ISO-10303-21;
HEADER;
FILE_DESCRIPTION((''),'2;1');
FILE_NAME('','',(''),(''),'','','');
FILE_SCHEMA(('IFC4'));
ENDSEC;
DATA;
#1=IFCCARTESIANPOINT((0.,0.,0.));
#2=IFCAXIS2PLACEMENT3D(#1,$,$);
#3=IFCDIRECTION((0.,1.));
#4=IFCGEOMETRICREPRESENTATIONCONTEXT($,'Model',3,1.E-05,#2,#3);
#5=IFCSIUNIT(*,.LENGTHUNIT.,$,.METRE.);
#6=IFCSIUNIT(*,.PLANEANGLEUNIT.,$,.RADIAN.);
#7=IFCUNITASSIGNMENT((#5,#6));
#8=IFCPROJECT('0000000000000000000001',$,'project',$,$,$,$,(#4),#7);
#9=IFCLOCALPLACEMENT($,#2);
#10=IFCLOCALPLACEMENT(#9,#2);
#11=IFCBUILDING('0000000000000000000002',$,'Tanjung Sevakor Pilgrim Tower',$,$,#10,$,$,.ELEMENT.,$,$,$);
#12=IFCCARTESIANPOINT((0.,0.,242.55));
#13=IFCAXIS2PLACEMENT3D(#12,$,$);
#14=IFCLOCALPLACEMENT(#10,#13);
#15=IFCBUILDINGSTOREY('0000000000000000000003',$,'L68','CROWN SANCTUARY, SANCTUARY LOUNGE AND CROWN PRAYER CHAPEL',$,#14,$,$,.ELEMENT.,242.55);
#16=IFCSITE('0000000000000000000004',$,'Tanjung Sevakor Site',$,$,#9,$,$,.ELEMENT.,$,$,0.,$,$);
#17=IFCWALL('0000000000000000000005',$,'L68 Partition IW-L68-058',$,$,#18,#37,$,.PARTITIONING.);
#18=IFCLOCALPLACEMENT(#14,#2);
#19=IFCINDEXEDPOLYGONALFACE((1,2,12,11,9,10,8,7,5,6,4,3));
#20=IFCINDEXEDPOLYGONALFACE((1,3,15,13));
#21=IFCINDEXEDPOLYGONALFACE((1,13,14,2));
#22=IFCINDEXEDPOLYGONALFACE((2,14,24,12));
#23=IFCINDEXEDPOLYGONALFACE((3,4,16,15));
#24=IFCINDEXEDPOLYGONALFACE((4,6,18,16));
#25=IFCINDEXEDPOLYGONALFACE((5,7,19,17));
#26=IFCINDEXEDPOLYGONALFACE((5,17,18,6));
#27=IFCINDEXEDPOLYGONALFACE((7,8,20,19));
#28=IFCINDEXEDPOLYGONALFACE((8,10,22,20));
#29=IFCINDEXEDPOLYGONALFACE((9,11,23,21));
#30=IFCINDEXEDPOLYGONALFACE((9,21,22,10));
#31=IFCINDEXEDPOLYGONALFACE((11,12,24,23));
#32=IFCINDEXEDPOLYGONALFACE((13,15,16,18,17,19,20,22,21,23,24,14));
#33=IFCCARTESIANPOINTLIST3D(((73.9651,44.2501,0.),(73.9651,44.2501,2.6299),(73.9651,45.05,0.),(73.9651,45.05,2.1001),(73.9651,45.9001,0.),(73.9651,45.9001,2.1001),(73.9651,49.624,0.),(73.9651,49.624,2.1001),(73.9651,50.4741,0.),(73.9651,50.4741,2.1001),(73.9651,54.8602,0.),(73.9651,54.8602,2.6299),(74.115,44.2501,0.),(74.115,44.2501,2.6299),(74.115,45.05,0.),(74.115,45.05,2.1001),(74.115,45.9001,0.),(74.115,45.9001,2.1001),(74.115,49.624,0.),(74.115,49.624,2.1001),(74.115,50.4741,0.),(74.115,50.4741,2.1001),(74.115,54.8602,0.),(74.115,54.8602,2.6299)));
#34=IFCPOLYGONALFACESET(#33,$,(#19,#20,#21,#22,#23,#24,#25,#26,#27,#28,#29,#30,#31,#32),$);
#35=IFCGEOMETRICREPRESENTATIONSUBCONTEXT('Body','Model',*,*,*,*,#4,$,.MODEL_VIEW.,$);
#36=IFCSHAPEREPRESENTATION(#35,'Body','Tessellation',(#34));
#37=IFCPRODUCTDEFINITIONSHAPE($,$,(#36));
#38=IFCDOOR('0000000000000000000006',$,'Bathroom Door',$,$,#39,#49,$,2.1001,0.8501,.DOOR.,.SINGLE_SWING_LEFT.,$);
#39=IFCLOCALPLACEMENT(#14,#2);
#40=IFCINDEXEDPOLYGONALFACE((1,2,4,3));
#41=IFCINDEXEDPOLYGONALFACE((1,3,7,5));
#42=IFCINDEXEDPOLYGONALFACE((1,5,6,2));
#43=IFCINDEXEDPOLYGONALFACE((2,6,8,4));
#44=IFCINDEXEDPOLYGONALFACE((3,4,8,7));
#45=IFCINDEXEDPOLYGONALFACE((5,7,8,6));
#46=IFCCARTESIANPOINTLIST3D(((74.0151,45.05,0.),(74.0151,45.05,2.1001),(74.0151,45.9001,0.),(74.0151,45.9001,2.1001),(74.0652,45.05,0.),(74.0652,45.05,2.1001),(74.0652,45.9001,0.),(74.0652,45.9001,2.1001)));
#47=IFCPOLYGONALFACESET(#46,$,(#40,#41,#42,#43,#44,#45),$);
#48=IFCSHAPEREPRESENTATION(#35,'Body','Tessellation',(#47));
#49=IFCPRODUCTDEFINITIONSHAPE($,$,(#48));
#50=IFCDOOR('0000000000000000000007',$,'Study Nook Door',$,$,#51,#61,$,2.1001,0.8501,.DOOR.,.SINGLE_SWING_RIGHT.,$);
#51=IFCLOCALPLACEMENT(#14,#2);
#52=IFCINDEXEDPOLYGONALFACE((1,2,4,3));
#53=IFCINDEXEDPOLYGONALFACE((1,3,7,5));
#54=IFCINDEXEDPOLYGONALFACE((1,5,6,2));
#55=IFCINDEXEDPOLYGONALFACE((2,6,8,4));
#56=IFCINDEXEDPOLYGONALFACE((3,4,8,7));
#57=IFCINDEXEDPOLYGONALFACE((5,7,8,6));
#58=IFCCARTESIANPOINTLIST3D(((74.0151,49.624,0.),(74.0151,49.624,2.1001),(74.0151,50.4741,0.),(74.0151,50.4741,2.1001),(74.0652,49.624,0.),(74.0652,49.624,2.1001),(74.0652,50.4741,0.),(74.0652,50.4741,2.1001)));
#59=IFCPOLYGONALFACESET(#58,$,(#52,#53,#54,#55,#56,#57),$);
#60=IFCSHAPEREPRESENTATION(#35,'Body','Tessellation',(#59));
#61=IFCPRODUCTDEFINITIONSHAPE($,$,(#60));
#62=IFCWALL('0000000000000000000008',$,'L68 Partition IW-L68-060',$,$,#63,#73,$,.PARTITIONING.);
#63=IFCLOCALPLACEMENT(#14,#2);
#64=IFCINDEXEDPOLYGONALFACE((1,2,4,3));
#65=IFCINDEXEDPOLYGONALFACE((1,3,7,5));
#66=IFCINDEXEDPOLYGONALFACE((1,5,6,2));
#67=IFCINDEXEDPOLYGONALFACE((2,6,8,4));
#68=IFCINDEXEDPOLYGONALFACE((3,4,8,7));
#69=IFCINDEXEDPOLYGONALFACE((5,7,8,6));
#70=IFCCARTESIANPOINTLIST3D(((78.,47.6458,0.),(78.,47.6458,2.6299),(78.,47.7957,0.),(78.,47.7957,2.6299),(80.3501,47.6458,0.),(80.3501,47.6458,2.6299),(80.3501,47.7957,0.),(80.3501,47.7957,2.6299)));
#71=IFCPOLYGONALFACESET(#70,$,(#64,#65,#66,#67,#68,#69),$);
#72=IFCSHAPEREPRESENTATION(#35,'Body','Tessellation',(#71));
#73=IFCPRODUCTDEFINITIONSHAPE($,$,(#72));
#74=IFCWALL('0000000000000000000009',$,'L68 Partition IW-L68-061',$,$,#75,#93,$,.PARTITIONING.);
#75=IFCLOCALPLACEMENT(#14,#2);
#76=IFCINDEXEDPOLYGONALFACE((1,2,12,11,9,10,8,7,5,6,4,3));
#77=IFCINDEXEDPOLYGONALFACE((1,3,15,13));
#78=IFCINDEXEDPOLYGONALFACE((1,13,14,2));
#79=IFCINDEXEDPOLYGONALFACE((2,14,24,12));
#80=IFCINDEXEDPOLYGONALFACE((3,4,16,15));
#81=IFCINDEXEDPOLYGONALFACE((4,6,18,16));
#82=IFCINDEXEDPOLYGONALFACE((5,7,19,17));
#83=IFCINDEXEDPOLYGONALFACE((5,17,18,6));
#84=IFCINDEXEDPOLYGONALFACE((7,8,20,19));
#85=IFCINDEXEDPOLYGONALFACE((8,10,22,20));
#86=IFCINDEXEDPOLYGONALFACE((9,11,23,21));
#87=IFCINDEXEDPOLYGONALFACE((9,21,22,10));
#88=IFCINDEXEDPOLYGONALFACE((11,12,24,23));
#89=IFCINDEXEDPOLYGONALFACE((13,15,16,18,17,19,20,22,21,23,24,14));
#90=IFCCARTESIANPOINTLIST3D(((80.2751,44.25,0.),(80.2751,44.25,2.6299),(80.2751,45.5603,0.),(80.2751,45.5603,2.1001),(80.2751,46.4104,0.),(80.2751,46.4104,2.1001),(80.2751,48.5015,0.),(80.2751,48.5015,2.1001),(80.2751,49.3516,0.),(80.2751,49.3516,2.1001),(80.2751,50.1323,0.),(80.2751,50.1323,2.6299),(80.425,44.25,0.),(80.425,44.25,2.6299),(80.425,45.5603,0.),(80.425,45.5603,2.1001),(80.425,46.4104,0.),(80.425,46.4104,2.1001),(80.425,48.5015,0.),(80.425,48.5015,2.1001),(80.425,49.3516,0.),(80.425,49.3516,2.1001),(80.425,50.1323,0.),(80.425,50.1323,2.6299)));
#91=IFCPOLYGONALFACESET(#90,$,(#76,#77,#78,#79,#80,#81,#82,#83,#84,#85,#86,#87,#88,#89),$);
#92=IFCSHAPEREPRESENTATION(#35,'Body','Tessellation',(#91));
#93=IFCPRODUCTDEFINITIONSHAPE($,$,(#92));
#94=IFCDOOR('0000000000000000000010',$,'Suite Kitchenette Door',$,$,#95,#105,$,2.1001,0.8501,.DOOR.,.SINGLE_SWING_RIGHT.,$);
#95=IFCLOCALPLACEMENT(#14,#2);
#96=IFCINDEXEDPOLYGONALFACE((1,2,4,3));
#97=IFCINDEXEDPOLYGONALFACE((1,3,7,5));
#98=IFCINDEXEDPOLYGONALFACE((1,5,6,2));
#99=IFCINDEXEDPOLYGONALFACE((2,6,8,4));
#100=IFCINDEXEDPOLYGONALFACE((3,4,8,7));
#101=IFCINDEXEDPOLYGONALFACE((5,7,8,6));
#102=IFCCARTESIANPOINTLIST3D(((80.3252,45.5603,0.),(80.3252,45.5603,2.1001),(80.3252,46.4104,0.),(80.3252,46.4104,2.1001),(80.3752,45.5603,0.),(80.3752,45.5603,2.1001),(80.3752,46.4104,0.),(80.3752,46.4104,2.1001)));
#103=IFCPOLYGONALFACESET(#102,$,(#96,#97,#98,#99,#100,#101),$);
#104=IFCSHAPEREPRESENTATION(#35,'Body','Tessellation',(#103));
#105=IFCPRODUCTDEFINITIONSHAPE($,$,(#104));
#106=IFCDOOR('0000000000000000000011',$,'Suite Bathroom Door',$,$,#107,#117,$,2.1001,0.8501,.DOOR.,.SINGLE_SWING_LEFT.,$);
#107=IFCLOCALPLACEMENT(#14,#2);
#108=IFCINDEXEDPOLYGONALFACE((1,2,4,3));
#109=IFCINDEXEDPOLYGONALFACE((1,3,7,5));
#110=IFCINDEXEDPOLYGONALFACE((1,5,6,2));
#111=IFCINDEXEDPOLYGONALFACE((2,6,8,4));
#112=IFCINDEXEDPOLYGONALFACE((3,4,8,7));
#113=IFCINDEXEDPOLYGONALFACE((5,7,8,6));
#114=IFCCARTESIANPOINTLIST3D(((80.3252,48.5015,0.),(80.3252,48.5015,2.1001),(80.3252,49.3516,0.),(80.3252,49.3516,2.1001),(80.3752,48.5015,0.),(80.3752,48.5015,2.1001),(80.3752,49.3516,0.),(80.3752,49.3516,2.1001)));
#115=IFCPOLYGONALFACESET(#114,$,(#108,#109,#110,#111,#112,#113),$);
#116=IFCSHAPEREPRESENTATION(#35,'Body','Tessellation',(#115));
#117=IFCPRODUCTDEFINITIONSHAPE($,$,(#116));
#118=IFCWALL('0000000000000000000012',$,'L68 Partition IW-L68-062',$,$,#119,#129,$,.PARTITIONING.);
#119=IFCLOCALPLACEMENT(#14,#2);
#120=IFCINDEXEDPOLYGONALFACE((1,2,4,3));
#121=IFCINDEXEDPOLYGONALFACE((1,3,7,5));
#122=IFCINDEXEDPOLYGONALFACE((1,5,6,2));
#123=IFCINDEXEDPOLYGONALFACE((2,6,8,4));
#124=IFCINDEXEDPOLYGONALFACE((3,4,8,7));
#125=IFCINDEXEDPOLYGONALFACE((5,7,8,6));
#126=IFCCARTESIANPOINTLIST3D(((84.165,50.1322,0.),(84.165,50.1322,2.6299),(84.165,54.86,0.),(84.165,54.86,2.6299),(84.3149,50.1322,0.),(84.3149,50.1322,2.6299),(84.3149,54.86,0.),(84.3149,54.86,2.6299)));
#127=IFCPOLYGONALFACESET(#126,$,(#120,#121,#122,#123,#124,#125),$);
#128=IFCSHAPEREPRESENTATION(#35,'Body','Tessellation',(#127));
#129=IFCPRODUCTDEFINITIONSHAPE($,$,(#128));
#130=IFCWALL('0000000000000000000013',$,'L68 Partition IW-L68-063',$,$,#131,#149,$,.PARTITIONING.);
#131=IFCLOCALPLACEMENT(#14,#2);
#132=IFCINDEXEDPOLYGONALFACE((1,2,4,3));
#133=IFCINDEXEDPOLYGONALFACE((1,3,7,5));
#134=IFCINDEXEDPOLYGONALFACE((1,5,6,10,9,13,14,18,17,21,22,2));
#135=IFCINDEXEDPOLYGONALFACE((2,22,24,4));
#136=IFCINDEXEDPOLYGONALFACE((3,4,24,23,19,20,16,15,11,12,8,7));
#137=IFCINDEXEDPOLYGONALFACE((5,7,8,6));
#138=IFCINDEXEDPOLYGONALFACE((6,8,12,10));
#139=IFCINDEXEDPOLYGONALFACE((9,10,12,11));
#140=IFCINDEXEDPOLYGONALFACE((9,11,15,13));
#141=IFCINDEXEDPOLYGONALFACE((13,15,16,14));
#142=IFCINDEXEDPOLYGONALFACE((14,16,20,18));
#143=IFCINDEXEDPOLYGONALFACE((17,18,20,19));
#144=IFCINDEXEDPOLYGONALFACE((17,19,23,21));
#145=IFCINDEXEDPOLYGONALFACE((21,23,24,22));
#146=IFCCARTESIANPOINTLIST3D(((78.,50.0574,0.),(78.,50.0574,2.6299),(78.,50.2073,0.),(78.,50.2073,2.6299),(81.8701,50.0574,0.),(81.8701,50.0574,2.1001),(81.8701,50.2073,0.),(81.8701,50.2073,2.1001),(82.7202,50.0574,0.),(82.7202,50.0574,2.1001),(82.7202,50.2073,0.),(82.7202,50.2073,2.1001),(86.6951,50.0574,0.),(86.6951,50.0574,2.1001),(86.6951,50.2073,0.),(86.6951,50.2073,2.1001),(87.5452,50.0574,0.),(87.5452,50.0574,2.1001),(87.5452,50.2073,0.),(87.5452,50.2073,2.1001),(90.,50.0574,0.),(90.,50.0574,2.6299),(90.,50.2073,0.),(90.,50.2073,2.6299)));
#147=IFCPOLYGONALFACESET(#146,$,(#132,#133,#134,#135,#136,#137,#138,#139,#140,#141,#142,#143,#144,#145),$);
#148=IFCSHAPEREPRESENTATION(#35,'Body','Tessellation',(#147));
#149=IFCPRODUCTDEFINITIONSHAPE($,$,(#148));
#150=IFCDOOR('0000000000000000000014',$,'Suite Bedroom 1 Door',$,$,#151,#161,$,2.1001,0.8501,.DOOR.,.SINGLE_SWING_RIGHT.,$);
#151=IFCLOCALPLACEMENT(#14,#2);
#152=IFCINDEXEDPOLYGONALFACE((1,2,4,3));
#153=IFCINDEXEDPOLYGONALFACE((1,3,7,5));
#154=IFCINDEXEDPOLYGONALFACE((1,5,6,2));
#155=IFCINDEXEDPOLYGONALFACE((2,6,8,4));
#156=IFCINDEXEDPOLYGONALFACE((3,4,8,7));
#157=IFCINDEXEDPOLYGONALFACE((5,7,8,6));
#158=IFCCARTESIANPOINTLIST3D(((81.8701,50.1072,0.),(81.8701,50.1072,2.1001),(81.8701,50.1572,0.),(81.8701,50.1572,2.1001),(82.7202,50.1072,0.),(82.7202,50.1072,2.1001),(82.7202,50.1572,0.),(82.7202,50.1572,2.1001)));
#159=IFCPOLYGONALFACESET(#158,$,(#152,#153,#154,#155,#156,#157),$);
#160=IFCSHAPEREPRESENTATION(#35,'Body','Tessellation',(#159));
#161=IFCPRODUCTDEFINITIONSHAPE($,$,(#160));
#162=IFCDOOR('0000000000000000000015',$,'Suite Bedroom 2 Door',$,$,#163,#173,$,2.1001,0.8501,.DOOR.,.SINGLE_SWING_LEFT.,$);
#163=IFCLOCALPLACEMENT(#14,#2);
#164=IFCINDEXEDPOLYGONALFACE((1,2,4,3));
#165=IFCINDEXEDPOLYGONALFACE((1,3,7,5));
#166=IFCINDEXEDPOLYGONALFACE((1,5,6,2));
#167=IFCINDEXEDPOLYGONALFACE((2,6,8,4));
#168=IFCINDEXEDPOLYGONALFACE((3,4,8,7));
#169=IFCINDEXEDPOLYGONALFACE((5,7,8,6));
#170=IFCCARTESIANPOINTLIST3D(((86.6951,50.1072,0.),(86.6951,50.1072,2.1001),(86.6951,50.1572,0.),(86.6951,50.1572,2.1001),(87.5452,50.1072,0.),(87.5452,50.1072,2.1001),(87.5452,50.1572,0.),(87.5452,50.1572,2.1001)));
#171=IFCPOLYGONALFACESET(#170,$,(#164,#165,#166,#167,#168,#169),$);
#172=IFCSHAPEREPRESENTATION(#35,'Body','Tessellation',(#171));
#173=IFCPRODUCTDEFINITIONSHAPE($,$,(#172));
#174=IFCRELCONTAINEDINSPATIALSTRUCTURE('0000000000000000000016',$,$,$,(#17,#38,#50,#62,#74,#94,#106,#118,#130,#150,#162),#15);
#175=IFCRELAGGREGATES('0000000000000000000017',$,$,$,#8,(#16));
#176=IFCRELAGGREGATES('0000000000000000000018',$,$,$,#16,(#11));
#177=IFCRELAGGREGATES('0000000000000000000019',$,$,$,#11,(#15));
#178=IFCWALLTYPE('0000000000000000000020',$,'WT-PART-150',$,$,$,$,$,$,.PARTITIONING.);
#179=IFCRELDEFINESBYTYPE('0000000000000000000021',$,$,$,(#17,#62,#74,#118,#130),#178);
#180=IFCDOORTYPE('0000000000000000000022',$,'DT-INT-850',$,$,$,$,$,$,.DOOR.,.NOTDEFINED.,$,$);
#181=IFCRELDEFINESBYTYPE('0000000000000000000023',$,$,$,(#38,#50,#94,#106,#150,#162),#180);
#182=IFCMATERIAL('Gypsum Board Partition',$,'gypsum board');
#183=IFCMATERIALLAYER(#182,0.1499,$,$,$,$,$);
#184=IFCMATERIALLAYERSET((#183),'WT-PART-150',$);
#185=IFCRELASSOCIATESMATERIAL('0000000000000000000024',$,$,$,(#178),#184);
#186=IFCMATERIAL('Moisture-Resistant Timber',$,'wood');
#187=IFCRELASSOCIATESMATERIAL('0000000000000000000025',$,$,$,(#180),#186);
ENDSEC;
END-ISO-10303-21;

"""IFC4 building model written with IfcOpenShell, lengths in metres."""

from ifc_helpers import new_model, si_unit, direction, frame, frame_2d, origin, place, context, subcontext, project, spatial, rectangle, extrude, material, layer, layer_set, type_object, element, fill, save


model = new_model("IFC4")

# Units and contexts
model_context = context("Model", 3, precision=1e-05, world=origin(), true_north=direction((0.0, 1.0)))
body_context = subcontext(model_context, "Body", "Model", "MODEL_VIEW")
ifc_project = project(units=[si_unit("LENGTHUNIT", "METRE"), si_unit("PLANEANGLEUNIT", "RADIAN")], contexts=[model_context])

# Site, building, storey
site_placement = place(None, origin())
site = spatial("IfcSite", under=ifc_project, at=site_placement, Name="Tanjung Sevakor Site", CompositionType="ELEMENT", RefElevation=0.0)
building_placement = place(site_placement, origin())
building = spatial("IfcBuilding", under=site, at=building_placement, Name="Tanjung Sevakor Pilgrim Tower", CompositionType="ELEMENT")
storey_placement = place(building_placement, frame((0.0, 0.0, 242.55)))
storey = spatial("IfcBuildingStorey", under=building, at=storey_placement, Name="L68", Description="CROWN SANCTUARY, SANCTUARY LOUNGE AND CROWN PRAYER CHAPEL", CompositionType="ELEMENT", Elevation=242.55)

# Shared definitions
ifc_material_1 = material(Name="Gypsum Board Partition", Category="gypsum board")
ifc_layer_1 = layer(ifc_material_1, 0.1499)
ifc_layer_set_1 = layer_set([ifc_layer_1], Name="WT-PART-150")
wall_type_1 = type_object("IfcWallType", Name="WT-PART-150", PredefinedType="PARTITIONING", material=ifc_layer_set_1)

# Wall, openings, doors
wall_1_placement = place(storey_placement, frame((74.04, 44.25, 0.0), z_axis=(0.0, 0.0, 1.0), x_axis=(0.0, 1.0, 0.0)))
wall_1 = element("IfcWall", 1, at=wall_1_placement, inside=storey, type_object=wall_type_1, Name="L68 Partition IW-L68-058", PredefinedType="PARTITIONING", context=body_context, shape_type="SweptSolid", body=[
    extrude(rectangle(XDim=10.6101, YDim=0.1499, at=frame_2d((5.3052, 0.0))), origin(), (0.0, 0.0, 1.0), 2.6299),
])
opening_1_placement = place(wall_1_placement, frame((0.8, 0.0, 0.0)))
opening_1 = element("IfcOpeningElement", 2, at=opening_1_placement, cuts=wall_1, PredefinedType="OPENING", context=body_context, shape_type="SweptSolid", body=[
    extrude(rectangle(XDim=0.8501, YDim=2.1001, at=frame_2d((0.425, 1.05))), frame((0.0, 0.085, 0.0), z_axis=(0.0, -1.0, 0.0), x_axis=(1.0, 0.0, 0.0)), (0.0, 0.0, 1.0), 0.1699),
])
opening_2_placement = place(wall_1_placement, frame((5.374, 0.0, 0.0)))
opening_2 = element("IfcOpeningElement", 3, at=opening_2_placement, cuts=wall_1, PredefinedType="OPENING", context=body_context, shape_type="SweptSolid", body=[
    extrude(rectangle(XDim=0.8501, YDim=2.1001, at=frame_2d((0.425, 1.05))), frame((0.0, 0.085, 0.0), z_axis=(0.0, -1.0, 0.0), x_axis=(1.0, 0.0, 0.0)), (0.0, 0.0, 1.0), 0.1699),
])
ifc_material_2 = material(Name="Moisture-Resistant Timber", Category="wood")
door_type_1 = type_object("IfcDoorType", Name="DT-INT-850", OperationType="NOTDEFINED", PredefinedType="DOOR", material=ifc_material_2)
door_1_placement = place(opening_1_placement, origin())
door_1 = element("IfcDoor", 4, at=door_1_placement, inside=storey, type_object=door_type_1, Name="Bathroom Door", OperationType="SINGLE_SWING_LEFT", OverallHeight=2.1001, OverallWidth=0.8501, PredefinedType="DOOR", context=body_context, shape_type="SweptSolid", body=[
    extrude(rectangle(XDim=0.8501, YDim=2.1001, at=frame_2d((0.425, 1.05))), frame((0.0, 0.0249, 0.0), z_axis=(0.0, -1.0, 0.0), x_axis=(1.0, 0.0, 0.0)), (0.0, 0.0, 1.0), 0.05),
])
fill(opening_1, door_1)
door_2_placement = place(opening_2_placement, origin())
door_2 = element("IfcDoor", 5, at=door_2_placement, inside=storey, type_object=door_type_1, Name="Study Nook Door", OperationType="SINGLE_SWING_RIGHT", OverallHeight=2.1001, OverallWidth=0.8501, PredefinedType="DOOR", context=body_context, shape_type="SweptSolid", body=[
    extrude(rectangle(XDim=0.8501, YDim=2.1001, at=frame_2d((0.425, 1.05))), frame((0.0, 0.0249, 0.0), z_axis=(0.0, -1.0, 0.0), x_axis=(1.0, 0.0, 0.0)), (0.0, 0.0, 1.0), 0.05),
])
fill(opening_2, door_2)

# Wall
wall_2_placement = place(storey_placement, frame((78.0, 47.7207, 0.0), z_axis=(0.0, 0.0, 1.0), x_axis=(1.0, 0.0, 0.0)))
element("IfcWall", 6, at=wall_2_placement, inside=storey, type_object=wall_type_1, Name="L68 Partition IW-L68-060", PredefinedType="PARTITIONING", context=body_context, shape_type="SweptSolid", body=[
    extrude(rectangle(XDim=2.3501, YDim=0.1499, at=frame_2d((1.175, 0.0))), origin(), (0.0, 0.0, 1.0), 2.6299),
])

# Wall, openings, doors
wall_3_placement = place(storey_placement, frame((80.3501, 44.25, 0.0), z_axis=(0.0, 0.0, 1.0), x_axis=(0.0, 1.0, 0.0)))
wall_3 = element("IfcWall", 7, at=wall_3_placement, inside=storey, type_object=wall_type_1, Name="L68 Partition IW-L68-061", PredefinedType="PARTITIONING", context=body_context, shape_type="SweptSolid", body=[
    extrude(rectangle(XDim=5.8823, YDim=0.1499, at=frame_2d((2.9412, 0.0))), origin(), (0.0, 0.0, 1.0), 2.6299),
])
opening_3_placement = place(wall_3_placement, frame((1.3103, 0.0, 0.0)))
opening_3 = element("IfcOpeningElement", 8, at=opening_3_placement, cuts=wall_3, PredefinedType="OPENING", context=body_context, shape_type="SweptSolid", body=[
    extrude(rectangle(XDim=0.8501, YDim=2.1001, at=frame_2d((0.425, 1.05))), frame((0.0, 0.085, 0.0), z_axis=(0.0, -1.0, 0.0), x_axis=(1.0, 0.0, 0.0)), (0.0, 0.0, 1.0), 0.1699),
])
opening_4_placement = place(wall_3_placement, frame((4.2515, 0.0, 0.0)))
opening_4 = element("IfcOpeningElement", 9, at=opening_4_placement, cuts=wall_3, PredefinedType="OPENING", context=body_context, shape_type="SweptSolid", body=[
    extrude(rectangle(XDim=0.8501, YDim=2.1001, at=frame_2d((0.425, 1.05))), frame((0.0, 0.085, 0.0), z_axis=(0.0, -1.0, 0.0), x_axis=(1.0, 0.0, 0.0)), (0.0, 0.0, 1.0), 0.1699),
])
door_3_placement = place(opening_3_placement, origin())
door_3 = element("IfcDoor", 10, at=door_3_placement, inside=storey, type_object=door_type_1, Name="Suite Kitchenette Door", OperationType="SINGLE_SWING_RIGHT", OverallHeight=2.1001, OverallWidth=0.8501, PredefinedType="DOOR", context=body_context, shape_type="SweptSolid", body=[
    extrude(rectangle(XDim=0.8501, YDim=2.1001, at=frame_2d((0.425, 1.05))), frame((0.0, 0.0249, 0.0), z_axis=(0.0, -1.0, 0.0), x_axis=(1.0, 0.0, 0.0)), (0.0, 0.0, 1.0), 0.05),
])
fill(opening_3, door_3)
door_4_placement = place(opening_4_placement, origin())
door_4 = element("IfcDoor", 11, at=door_4_placement, inside=storey, type_object=door_type_1, Name="Suite Bathroom Door", OperationType="SINGLE_SWING_LEFT", OverallHeight=2.1001, OverallWidth=0.8501, PredefinedType="DOOR", context=body_context, shape_type="SweptSolid", body=[
    extrude(rectangle(XDim=0.8501, YDim=2.1001, at=frame_2d((0.425, 1.05))), frame((0.0, 0.0249, 0.0), z_axis=(0.0, -1.0, 0.0), x_axis=(1.0, 0.0, 0.0)), (0.0, 0.0, 1.0), 0.05),
])
fill(opening_4, door_4)

# Wall
wall_4_placement = place(storey_placement, frame((84.24, 50.1323, 0.0), z_axis=(0.0, 0.0, 1.0), x_axis=(0.0, 1.0, 0.0)))
element("IfcWall", 12, at=wall_4_placement, inside=storey, type_object=wall_type_1, Name="L68 Partition IW-L68-062", PredefinedType="PARTITIONING", context=body_context, shape_type="SweptSolid", body=[
    extrude(rectangle(XDim=4.7278, YDim=0.1499, at=frame_2d((2.3638, 0.0))), origin(), (0.0, 0.0, 1.0), 2.6299),
])

# Wall, openings, doors
wall_5_placement = place(storey_placement, frame((78.0, 50.1323, 0.0), z_axis=(0.0, 0.0, 1.0), x_axis=(1.0, 0.0, 0.0)))
wall_5 = element("IfcWall", 13, at=wall_5_placement, inside=storey, type_object=wall_type_1, Name="L68 Partition IW-L68-063", PredefinedType="PARTITIONING", context=body_context, shape_type="SweptSolid", body=[
    extrude(rectangle(XDim=12.0, YDim=0.1499, at=frame_2d((6.0, 0.0))), origin(), (0.0, 0.0, 1.0), 2.6299),
])
opening_5_placement = place(wall_5_placement, frame((3.8701, 0.0, 0.0)))
opening_5 = element("IfcOpeningElement", 14, at=opening_5_placement, cuts=wall_5, PredefinedType="OPENING", context=body_context, shape_type="SweptSolid", body=[
    extrude(rectangle(XDim=0.8501, YDim=2.1001, at=frame_2d((0.425, 1.05))), frame((0.0, 0.085, 0.0), z_axis=(0.0, -1.0, 0.0), x_axis=(1.0, 0.0, 0.0)), (0.0, 0.0, 1.0), 0.1699),
])
opening_6_placement = place(wall_5_placement, frame((8.6951, 0.0, 0.0)))
opening_6 = element("IfcOpeningElement", 15, at=opening_6_placement, cuts=wall_5, PredefinedType="OPENING", context=body_context, shape_type="SweptSolid", body=[
    extrude(rectangle(XDim=0.8501, YDim=2.1001, at=frame_2d((0.425, 1.05))), frame((0.0, 0.085, 0.0), z_axis=(0.0, -1.0, 0.0), x_axis=(1.0, 0.0, 0.0)), (0.0, 0.0, 1.0), 0.1699),
])
door_5_placement = place(opening_5_placement, origin())
door_5 = element("IfcDoor", 16, at=door_5_placement, inside=storey, type_object=door_type_1, Name="Suite Bedroom 1 Door", OperationType="SINGLE_SWING_RIGHT", OverallHeight=2.1001, OverallWidth=0.8501, PredefinedType="DOOR", context=body_context, shape_type="SweptSolid", body=[
    extrude(rectangle(XDim=0.8501, YDim=2.1001, at=frame_2d((0.425, 1.05))), frame((0.0, 0.0249, 0.0), z_axis=(0.0, -1.0, 0.0), x_axis=(1.0, 0.0, 0.0)), (0.0, 0.0, 1.0), 0.05),
])
fill(opening_5, door_5)
door_6_placement = place(opening_6_placement, origin())
door_6 = element("IfcDoor", 17, at=door_6_placement, inside=storey, type_object=door_type_1, Name="Suite Bedroom 2 Door", OperationType="SINGLE_SWING_LEFT", OverallHeight=2.1001, OverallWidth=0.8501, PredefinedType="DOOR", context=body_context, shape_type="SweptSolid", body=[
    extrude(rectangle(XDim=0.8501, YDim=2.1001, at=frame_2d((0.425, 1.05))), frame((0.0, 0.0249, 0.0), z_axis=(0.0, -1.0, 0.0), x_axis=(1.0, 0.0, 0.0)), (0.0, 0.0, 1.0), 0.05),
])
fill(opening_6, door_6)

save(model, "model.ifc")
